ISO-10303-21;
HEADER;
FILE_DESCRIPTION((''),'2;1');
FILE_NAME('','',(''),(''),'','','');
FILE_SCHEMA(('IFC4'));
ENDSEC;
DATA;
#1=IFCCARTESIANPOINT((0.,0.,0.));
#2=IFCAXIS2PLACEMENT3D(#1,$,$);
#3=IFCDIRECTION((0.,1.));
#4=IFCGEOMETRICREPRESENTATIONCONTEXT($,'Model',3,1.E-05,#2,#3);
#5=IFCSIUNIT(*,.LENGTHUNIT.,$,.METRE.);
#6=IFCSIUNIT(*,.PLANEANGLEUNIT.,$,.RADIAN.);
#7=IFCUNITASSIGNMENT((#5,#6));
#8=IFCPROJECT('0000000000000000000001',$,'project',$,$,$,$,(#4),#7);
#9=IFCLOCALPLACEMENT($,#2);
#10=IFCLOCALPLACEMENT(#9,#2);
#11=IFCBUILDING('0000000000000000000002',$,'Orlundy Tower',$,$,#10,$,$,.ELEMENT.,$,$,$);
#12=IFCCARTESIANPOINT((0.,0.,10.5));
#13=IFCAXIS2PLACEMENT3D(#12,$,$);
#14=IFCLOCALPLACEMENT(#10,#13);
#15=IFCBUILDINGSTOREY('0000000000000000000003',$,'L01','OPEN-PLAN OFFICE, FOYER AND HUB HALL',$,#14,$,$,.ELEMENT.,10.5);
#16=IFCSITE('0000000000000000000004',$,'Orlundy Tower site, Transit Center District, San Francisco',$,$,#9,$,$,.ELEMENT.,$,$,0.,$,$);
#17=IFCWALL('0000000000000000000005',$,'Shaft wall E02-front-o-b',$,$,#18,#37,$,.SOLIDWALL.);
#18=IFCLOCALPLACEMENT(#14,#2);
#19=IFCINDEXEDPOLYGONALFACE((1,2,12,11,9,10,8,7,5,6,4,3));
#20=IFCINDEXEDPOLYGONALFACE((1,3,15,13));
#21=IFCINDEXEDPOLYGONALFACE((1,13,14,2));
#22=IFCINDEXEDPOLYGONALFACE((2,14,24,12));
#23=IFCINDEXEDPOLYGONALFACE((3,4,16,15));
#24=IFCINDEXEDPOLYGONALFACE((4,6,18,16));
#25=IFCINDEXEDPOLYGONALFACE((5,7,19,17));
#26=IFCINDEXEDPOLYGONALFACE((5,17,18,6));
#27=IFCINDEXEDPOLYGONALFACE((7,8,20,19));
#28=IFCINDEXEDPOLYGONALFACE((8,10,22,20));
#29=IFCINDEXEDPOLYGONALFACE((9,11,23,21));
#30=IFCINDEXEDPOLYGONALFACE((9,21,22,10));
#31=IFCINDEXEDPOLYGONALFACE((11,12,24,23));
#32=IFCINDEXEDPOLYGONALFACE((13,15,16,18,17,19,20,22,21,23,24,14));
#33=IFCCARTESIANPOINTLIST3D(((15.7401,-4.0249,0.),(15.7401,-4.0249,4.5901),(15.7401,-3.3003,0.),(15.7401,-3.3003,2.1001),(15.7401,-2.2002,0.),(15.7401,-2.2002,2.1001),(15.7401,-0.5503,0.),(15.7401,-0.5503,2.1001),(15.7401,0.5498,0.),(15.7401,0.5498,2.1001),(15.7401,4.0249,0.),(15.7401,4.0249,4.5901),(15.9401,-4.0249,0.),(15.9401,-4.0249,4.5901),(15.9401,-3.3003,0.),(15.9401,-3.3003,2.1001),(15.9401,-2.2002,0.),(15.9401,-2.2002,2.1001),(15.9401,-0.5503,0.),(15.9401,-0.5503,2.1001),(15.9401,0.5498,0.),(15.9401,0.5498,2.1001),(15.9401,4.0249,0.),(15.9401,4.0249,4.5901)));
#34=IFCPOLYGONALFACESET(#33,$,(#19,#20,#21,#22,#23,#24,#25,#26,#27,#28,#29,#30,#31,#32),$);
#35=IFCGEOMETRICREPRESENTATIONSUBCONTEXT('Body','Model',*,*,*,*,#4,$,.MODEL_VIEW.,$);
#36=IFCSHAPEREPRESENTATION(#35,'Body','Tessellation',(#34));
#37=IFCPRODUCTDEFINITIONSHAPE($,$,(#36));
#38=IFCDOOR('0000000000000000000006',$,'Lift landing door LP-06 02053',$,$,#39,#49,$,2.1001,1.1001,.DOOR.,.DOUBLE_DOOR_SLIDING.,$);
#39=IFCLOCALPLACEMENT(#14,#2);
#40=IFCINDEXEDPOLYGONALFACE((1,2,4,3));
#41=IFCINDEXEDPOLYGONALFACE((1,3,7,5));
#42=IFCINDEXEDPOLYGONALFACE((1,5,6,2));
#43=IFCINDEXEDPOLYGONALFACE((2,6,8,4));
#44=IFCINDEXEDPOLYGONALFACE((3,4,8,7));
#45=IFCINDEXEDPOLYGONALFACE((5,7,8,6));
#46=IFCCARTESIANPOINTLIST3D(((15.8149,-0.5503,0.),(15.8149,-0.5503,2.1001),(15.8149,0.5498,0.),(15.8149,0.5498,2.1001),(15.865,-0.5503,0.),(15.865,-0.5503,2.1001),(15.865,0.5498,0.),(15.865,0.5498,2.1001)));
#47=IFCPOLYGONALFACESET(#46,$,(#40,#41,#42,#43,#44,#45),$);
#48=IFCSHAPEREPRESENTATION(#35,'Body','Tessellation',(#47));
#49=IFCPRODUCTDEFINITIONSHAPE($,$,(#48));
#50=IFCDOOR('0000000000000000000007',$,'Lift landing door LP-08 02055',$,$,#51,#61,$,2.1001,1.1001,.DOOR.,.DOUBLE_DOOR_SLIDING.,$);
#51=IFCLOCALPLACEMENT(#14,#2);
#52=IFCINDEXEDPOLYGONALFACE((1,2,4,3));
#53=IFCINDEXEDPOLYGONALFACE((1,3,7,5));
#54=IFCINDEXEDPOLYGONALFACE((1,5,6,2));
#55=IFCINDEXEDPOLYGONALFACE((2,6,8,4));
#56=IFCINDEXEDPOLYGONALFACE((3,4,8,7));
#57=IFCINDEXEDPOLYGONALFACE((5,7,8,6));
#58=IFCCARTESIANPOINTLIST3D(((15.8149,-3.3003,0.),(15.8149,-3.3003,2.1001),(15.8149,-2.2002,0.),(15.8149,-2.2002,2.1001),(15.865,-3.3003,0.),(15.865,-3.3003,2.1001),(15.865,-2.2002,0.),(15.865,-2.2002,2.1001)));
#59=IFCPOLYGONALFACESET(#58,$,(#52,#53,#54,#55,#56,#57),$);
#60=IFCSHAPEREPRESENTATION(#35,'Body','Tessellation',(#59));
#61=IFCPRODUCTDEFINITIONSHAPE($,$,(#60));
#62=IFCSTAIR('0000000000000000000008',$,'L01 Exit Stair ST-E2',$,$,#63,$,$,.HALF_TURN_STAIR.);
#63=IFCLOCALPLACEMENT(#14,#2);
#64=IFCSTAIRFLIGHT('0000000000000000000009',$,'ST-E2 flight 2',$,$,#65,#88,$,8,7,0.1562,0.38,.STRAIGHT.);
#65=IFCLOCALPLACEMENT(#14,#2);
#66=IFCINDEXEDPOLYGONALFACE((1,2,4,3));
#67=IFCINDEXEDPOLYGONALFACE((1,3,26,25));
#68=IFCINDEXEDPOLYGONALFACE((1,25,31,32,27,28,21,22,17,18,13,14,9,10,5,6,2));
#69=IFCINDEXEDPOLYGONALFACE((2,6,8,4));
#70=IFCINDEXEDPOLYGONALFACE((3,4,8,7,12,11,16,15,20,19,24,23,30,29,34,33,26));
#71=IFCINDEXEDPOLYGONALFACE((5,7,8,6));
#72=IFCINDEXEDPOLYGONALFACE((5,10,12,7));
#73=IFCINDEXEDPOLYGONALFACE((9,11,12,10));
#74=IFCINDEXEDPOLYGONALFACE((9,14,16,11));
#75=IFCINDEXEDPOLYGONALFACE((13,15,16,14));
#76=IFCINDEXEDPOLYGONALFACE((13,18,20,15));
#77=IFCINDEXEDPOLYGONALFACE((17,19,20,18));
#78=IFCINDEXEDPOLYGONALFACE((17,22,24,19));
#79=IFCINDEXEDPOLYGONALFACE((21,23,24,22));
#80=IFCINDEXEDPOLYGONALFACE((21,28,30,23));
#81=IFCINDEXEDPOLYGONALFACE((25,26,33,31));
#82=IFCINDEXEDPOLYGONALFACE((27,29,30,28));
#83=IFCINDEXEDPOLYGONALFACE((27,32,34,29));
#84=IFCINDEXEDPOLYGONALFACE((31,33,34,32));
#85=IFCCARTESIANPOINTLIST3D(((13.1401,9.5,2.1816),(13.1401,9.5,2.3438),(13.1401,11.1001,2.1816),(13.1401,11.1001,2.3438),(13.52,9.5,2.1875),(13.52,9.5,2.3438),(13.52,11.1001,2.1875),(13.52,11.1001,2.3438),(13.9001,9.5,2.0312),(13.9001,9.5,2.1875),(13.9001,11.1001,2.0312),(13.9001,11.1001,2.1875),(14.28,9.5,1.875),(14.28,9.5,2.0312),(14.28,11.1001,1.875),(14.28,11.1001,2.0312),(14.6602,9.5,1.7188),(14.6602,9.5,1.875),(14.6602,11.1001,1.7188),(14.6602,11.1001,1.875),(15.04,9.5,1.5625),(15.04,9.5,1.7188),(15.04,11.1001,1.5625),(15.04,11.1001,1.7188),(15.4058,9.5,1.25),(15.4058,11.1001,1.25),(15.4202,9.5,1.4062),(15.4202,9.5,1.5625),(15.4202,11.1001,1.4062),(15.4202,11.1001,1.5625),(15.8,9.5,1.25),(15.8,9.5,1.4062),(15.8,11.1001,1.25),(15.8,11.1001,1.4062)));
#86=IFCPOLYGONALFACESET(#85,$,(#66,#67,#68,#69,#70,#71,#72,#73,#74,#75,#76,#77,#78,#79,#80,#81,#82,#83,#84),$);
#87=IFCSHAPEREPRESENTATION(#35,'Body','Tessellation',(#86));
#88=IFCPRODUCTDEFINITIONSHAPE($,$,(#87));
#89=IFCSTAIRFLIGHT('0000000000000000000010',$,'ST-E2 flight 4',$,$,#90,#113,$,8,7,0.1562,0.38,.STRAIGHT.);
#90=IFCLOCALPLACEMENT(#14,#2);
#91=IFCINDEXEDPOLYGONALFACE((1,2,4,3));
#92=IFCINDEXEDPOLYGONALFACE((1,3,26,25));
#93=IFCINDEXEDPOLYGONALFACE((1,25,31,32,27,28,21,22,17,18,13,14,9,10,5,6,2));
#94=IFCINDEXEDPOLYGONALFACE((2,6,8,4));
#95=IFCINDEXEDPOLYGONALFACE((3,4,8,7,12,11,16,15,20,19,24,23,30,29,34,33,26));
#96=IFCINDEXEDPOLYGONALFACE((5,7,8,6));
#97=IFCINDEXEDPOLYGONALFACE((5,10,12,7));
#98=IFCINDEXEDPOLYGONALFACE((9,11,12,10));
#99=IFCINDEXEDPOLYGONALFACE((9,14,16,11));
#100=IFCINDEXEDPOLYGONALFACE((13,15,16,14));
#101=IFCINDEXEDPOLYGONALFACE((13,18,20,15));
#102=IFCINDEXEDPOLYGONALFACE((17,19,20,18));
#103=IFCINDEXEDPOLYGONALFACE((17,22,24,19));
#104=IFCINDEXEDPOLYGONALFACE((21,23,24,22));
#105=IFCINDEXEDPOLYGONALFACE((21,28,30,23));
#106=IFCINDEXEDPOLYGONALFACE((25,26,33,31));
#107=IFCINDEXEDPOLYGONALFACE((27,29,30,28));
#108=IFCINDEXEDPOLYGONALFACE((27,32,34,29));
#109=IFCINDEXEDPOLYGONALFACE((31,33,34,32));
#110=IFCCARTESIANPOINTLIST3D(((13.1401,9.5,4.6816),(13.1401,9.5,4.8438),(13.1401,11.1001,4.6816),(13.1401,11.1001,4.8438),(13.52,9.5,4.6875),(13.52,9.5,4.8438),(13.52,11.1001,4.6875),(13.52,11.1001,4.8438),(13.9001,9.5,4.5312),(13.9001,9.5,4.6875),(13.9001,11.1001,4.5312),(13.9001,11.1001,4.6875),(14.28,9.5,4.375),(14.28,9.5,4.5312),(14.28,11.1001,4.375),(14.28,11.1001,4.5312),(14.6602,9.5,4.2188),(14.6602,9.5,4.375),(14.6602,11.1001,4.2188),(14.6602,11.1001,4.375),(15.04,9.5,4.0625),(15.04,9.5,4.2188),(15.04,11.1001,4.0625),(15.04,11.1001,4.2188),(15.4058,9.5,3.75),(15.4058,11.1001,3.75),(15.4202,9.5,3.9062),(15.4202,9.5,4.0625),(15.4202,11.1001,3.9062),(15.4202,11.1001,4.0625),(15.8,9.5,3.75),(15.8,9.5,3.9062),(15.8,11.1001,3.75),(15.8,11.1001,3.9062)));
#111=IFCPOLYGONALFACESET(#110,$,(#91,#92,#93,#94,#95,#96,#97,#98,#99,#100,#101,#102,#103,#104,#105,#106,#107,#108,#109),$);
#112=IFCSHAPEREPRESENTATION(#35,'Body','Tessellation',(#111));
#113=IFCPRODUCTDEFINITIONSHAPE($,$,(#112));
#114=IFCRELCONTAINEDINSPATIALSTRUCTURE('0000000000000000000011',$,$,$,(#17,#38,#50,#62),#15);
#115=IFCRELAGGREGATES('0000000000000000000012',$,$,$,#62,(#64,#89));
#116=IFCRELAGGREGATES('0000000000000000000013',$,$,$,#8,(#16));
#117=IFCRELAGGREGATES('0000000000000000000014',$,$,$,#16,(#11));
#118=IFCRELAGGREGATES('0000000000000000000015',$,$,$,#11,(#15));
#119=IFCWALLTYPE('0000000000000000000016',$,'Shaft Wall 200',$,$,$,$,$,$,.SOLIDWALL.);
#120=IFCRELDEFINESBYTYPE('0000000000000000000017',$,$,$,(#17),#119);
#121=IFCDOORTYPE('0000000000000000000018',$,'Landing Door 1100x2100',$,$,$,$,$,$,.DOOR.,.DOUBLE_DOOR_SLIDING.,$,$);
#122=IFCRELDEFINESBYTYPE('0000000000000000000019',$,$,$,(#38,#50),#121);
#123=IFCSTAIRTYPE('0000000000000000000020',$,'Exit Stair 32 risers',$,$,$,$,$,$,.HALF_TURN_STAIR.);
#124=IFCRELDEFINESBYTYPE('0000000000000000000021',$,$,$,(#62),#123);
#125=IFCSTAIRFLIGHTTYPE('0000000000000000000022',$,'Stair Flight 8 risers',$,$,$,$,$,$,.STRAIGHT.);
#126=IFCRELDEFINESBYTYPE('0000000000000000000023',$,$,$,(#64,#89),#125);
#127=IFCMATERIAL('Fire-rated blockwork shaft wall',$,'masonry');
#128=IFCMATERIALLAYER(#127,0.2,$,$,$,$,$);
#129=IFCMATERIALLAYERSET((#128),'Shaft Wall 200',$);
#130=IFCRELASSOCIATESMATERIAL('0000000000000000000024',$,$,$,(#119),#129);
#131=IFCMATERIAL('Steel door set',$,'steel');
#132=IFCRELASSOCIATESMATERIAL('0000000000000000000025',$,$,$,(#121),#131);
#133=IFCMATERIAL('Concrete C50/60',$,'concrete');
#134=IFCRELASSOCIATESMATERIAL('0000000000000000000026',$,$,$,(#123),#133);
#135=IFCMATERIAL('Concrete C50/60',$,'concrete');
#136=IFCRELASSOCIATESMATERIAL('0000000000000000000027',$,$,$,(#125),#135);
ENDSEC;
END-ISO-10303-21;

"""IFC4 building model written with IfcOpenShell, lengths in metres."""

from ifc_helpers import new_model, si_unit, direction, frame, frame_2d, origin, place, context, subcontext, project, spatial, polyline, rectangle, outline, extrude, material, layer, layer_set, type_object, element, fill, aggregate, save


model = new_model("IFC4")

# Units and contexts
model_context = context("Model", 3, precision=1e-05, world=origin(), true_north=direction((0.0, 1.0)))
body_context = subcontext(model_context, "Body", "Model", "MODEL_VIEW")
ifc_project = project(units=[si_unit("LENGTHUNIT", "METRE"), si_unit("PLANEANGLEUNIT", "RADIAN")], contexts=[model_context])

# Site, building, storey
site_placement = place(None, origin())
site = spatial("IfcSite", under=ifc_project, at=site_placement, Name="Orlundy Tower site, Transit Center District, San Francisco", CompositionType="ELEMENT", RefElevation=0.0)
building_placement = place(site_placement, origin())
building = spatial("IfcBuilding", under=site, at=building_placement, Name="Orlundy Tower", CompositionType="ELEMENT")
storey_placement = place(building_placement, frame((0.0, 0.0, 10.5)))
storey = spatial("IfcBuildingStorey", under=building, at=storey_placement, Name="L01", Description="OPEN-PLAN OFFICE, FOYER AND HUB HALL", CompositionType="ELEMENT", Elevation=10.5)

# Shared definitions
ifc_material_1 = material(Name="Fire-rated blockwork shaft wall", Category="masonry")
ifc_layer_1 = layer(ifc_material_1, 0.2)
ifc_layer_set_1 = layer_set([ifc_layer_1], Name="Shaft Wall 200")
wall_type_1 = type_object("IfcWallType", Name="Shaft Wall 200", PredefinedType="SOLIDWALL", material=ifc_layer_set_1)
ifc_material_2 = material(Name="Steel door set", Category="steel")
door_type = type_object("IfcDoorType", Name="Landing Door 1100x2100", OperationType="DOUBLE_DOOR_SLIDING", PredefinedType="DOOR", material=ifc_material_2)

# Wall, openings, doors
wall_1_placement = place(storey_placement, frame((15.8401, 4.0249, 0.0), z_axis=(0.0, 0.0, 1.0), x_axis=(0.0, -1.0, 0.0)))
wall_1 = element("IfcWall", 1, at=wall_1_placement, inside=storey, type_object=wall_type_1, Name="Shaft wall E02-front-o-b", PredefinedType="SOLIDWALL", context=body_context, shape_type="SweptSolid", body=[
    extrude(rectangle(XDim=8.0498, YDim=0.2, at=frame_2d((4.0249, 0.0))), origin(), (0.0, 0.0, 1.0), 4.5901),
])
opening_1_placement = place(wall_1_placement, frame((3.4751, 0.0, 0.0)))
opening_1 = element("IfcOpeningElement", 2, at=opening_1_placement, cuts=wall_1, PredefinedType="OPENING", context=body_context, shape_type="SweptSolid", body=[
    extrude(rectangle(XDim=1.1001, YDim=2.1001, at=frame_2d((0.55, 1.05))), frame((0.0, 0.1101, 0.0), z_axis=(0.0, -1.0, 0.0), x_axis=(1.0, 0.0, 0.0)), (0.0, 0.0, 1.0), 0.2202),
])
opening_2_placement = place(wall_1_placement, frame((6.2251, 0.0, 0.0)))
opening_2 = element("IfcOpeningElement", 3, at=opening_2_placement, cuts=wall_1, PredefinedType="OPENING", context=body_context, shape_type="SweptSolid", body=[
    extrude(rectangle(XDim=1.1001, YDim=2.1001, at=frame_2d((0.55, 1.05))), frame((0.0, 0.1101, 0.0), z_axis=(0.0, -1.0, 0.0), x_axis=(1.0, 0.0, 0.0)), (0.0, 0.0, 1.0), 0.2202),
])
door_1_placement = place(opening_1_placement, origin())
door_1 = element("IfcDoor", 4, at=door_1_placement, inside=storey, type_object=door_type, Name="Lift landing door LP-06 02053", OperationType="DOUBLE_DOOR_SLIDING", OverallHeight=2.1001, OverallWidth=1.1001, PredefinedType="DOOR", context=body_context, shape_type="SweptSolid", body=[
    extrude(rectangle(XDim=1.1001, YDim=2.1001, at=frame_2d((0.55, 1.05))), frame((0.0, 0.0249, 0.0), z_axis=(0.0, -1.0, 0.0), x_axis=(1.0, 0.0, 0.0)), (0.0, 0.0, 1.0), 0.05),
])
fill(opening_1, door_1)
door_2_placement = place(opening_2_placement, origin())
door_2 = element("IfcDoor", 5, at=door_2_placement, inside=storey, type_object=door_type, Name="Lift landing door LP-08 02055", OperationType="DOUBLE_DOOR_SLIDING", OverallHeight=2.1001, OverallWidth=1.1001, PredefinedType="DOOR", context=body_context, shape_type="SweptSolid", body=[
    extrude(rectangle(XDim=1.1001, YDim=2.1001, at=frame_2d((0.55, 1.05))), frame((0.0, 0.0249, 0.0), z_axis=(0.0, -1.0, 0.0), x_axis=(1.0, 0.0, 0.0)), (0.0, 0.0, 1.0), 0.05),
])
fill(opening_2, door_2)

# Stair, stair flights
ifc_material_3 = material(Name="Concrete C50/60", Category="concrete")
stair_type = type_object("IfcStairType", Name="Exit Stair 32 risers", PredefinedType="HALF_TURN_STAIR", material=ifc_material_3)
stair_placement = place(storey_placement, origin())
stair = element("IfcStair", 6, at=stair_placement, inside=storey, type_object=stair_type, Name="L01 Exit Stair ST-E2", PredefinedType="HALF_TURN_STAIR")
ifc_material_4 = material(Name="Concrete C50/60", Category="concrete")
stair_flight_type = type_object("IfcStairFlightType", Name="Stair Flight 8 risers", PredefinedType="STRAIGHT", material=ifc_material_4)
stair_flight_1_placement = place(storey_placement, frame((15.8, 10.3, 1.25), z_axis=(0.0, 0.0, 1.0), x_axis=(-1.0, 0.0, 0.0)))
stair_flight_1 = element("IfcStairFlight", 7, at=stair_flight_1_placement, type_object=stair_flight_type, Name="ST-E2 flight 2", NumberOfRisers=8, NumberOfTreads=7, PredefinedType="STRAIGHT", RiserHeight=0.1562, TreadLength=0.38, context=body_context, shape_type="SweptSolid", body=[
    extrude(outline(polyline([(0.0, 0.0), (0.0, 0.1562), (0.3799, 0.1562), (0.3799, 0.3125), (0.76, 0.3125), (0.76, 0.4688), (1.1399, 0.4688), (1.1399, 0.625), (1.52, 0.625), (1.52, 0.7812), (1.8999, 0.7812), (1.8999, 0.9375), (2.28, 0.9375), (2.28, 1.0938), (2.6599, 1.0938), (2.6599, 1.25), (2.6599, 0.9316), (0.3943, 0.0), (0.0, 0.0)])), frame((0.0, 0.8, 0.0), z_axis=(0.0, -1.0, 0.0), x_axis=(1.0, 0.0, 0.0)), (0.0, 0.0, 1.0), 1.6001),
])
stair_flight_2_placement = place(storey_placement, frame((15.8, 10.3, 3.75), z_axis=(0.0, 0.0, 1.0), x_axis=(-1.0, 0.0, 0.0)))
stair_flight_2 = element("IfcStairFlight", 8, at=stair_flight_2_placement, type_object=stair_flight_type, Name="ST-E2 flight 4", NumberOfRisers=8, NumberOfTreads=7, PredefinedType="STRAIGHT", RiserHeight=0.1562, TreadLength=0.38, context=body_context, shape_type="SweptSolid", body=[
    extrude(outline(polyline([(0.0, 0.0), (0.0, 0.1562), (0.3799, 0.1562), (0.3799, 0.3125), (0.76, 0.3125), (0.76, 0.4688), (1.1399, 0.4688), (1.1399, 0.625), (1.52, 0.625), (1.52, 0.7812), (1.8999, 0.7812), (1.8999, 0.9375), (2.28, 0.9375), (2.28, 1.0938), (2.6599, 1.0938), (2.6599, 1.25), (2.6599, 0.9316), (0.3943, 0.0), (0.0, 0.0)])), frame((0.0, 0.8, 0.0), z_axis=(0.0, -1.0, 0.0), x_axis=(1.0, 0.0, 0.0)), (0.0, 0.0, 1.0), 1.6001),
])
aggregate(stair, [stair_flight_1, stair_flight_2])

save(model, "model.ifc")
